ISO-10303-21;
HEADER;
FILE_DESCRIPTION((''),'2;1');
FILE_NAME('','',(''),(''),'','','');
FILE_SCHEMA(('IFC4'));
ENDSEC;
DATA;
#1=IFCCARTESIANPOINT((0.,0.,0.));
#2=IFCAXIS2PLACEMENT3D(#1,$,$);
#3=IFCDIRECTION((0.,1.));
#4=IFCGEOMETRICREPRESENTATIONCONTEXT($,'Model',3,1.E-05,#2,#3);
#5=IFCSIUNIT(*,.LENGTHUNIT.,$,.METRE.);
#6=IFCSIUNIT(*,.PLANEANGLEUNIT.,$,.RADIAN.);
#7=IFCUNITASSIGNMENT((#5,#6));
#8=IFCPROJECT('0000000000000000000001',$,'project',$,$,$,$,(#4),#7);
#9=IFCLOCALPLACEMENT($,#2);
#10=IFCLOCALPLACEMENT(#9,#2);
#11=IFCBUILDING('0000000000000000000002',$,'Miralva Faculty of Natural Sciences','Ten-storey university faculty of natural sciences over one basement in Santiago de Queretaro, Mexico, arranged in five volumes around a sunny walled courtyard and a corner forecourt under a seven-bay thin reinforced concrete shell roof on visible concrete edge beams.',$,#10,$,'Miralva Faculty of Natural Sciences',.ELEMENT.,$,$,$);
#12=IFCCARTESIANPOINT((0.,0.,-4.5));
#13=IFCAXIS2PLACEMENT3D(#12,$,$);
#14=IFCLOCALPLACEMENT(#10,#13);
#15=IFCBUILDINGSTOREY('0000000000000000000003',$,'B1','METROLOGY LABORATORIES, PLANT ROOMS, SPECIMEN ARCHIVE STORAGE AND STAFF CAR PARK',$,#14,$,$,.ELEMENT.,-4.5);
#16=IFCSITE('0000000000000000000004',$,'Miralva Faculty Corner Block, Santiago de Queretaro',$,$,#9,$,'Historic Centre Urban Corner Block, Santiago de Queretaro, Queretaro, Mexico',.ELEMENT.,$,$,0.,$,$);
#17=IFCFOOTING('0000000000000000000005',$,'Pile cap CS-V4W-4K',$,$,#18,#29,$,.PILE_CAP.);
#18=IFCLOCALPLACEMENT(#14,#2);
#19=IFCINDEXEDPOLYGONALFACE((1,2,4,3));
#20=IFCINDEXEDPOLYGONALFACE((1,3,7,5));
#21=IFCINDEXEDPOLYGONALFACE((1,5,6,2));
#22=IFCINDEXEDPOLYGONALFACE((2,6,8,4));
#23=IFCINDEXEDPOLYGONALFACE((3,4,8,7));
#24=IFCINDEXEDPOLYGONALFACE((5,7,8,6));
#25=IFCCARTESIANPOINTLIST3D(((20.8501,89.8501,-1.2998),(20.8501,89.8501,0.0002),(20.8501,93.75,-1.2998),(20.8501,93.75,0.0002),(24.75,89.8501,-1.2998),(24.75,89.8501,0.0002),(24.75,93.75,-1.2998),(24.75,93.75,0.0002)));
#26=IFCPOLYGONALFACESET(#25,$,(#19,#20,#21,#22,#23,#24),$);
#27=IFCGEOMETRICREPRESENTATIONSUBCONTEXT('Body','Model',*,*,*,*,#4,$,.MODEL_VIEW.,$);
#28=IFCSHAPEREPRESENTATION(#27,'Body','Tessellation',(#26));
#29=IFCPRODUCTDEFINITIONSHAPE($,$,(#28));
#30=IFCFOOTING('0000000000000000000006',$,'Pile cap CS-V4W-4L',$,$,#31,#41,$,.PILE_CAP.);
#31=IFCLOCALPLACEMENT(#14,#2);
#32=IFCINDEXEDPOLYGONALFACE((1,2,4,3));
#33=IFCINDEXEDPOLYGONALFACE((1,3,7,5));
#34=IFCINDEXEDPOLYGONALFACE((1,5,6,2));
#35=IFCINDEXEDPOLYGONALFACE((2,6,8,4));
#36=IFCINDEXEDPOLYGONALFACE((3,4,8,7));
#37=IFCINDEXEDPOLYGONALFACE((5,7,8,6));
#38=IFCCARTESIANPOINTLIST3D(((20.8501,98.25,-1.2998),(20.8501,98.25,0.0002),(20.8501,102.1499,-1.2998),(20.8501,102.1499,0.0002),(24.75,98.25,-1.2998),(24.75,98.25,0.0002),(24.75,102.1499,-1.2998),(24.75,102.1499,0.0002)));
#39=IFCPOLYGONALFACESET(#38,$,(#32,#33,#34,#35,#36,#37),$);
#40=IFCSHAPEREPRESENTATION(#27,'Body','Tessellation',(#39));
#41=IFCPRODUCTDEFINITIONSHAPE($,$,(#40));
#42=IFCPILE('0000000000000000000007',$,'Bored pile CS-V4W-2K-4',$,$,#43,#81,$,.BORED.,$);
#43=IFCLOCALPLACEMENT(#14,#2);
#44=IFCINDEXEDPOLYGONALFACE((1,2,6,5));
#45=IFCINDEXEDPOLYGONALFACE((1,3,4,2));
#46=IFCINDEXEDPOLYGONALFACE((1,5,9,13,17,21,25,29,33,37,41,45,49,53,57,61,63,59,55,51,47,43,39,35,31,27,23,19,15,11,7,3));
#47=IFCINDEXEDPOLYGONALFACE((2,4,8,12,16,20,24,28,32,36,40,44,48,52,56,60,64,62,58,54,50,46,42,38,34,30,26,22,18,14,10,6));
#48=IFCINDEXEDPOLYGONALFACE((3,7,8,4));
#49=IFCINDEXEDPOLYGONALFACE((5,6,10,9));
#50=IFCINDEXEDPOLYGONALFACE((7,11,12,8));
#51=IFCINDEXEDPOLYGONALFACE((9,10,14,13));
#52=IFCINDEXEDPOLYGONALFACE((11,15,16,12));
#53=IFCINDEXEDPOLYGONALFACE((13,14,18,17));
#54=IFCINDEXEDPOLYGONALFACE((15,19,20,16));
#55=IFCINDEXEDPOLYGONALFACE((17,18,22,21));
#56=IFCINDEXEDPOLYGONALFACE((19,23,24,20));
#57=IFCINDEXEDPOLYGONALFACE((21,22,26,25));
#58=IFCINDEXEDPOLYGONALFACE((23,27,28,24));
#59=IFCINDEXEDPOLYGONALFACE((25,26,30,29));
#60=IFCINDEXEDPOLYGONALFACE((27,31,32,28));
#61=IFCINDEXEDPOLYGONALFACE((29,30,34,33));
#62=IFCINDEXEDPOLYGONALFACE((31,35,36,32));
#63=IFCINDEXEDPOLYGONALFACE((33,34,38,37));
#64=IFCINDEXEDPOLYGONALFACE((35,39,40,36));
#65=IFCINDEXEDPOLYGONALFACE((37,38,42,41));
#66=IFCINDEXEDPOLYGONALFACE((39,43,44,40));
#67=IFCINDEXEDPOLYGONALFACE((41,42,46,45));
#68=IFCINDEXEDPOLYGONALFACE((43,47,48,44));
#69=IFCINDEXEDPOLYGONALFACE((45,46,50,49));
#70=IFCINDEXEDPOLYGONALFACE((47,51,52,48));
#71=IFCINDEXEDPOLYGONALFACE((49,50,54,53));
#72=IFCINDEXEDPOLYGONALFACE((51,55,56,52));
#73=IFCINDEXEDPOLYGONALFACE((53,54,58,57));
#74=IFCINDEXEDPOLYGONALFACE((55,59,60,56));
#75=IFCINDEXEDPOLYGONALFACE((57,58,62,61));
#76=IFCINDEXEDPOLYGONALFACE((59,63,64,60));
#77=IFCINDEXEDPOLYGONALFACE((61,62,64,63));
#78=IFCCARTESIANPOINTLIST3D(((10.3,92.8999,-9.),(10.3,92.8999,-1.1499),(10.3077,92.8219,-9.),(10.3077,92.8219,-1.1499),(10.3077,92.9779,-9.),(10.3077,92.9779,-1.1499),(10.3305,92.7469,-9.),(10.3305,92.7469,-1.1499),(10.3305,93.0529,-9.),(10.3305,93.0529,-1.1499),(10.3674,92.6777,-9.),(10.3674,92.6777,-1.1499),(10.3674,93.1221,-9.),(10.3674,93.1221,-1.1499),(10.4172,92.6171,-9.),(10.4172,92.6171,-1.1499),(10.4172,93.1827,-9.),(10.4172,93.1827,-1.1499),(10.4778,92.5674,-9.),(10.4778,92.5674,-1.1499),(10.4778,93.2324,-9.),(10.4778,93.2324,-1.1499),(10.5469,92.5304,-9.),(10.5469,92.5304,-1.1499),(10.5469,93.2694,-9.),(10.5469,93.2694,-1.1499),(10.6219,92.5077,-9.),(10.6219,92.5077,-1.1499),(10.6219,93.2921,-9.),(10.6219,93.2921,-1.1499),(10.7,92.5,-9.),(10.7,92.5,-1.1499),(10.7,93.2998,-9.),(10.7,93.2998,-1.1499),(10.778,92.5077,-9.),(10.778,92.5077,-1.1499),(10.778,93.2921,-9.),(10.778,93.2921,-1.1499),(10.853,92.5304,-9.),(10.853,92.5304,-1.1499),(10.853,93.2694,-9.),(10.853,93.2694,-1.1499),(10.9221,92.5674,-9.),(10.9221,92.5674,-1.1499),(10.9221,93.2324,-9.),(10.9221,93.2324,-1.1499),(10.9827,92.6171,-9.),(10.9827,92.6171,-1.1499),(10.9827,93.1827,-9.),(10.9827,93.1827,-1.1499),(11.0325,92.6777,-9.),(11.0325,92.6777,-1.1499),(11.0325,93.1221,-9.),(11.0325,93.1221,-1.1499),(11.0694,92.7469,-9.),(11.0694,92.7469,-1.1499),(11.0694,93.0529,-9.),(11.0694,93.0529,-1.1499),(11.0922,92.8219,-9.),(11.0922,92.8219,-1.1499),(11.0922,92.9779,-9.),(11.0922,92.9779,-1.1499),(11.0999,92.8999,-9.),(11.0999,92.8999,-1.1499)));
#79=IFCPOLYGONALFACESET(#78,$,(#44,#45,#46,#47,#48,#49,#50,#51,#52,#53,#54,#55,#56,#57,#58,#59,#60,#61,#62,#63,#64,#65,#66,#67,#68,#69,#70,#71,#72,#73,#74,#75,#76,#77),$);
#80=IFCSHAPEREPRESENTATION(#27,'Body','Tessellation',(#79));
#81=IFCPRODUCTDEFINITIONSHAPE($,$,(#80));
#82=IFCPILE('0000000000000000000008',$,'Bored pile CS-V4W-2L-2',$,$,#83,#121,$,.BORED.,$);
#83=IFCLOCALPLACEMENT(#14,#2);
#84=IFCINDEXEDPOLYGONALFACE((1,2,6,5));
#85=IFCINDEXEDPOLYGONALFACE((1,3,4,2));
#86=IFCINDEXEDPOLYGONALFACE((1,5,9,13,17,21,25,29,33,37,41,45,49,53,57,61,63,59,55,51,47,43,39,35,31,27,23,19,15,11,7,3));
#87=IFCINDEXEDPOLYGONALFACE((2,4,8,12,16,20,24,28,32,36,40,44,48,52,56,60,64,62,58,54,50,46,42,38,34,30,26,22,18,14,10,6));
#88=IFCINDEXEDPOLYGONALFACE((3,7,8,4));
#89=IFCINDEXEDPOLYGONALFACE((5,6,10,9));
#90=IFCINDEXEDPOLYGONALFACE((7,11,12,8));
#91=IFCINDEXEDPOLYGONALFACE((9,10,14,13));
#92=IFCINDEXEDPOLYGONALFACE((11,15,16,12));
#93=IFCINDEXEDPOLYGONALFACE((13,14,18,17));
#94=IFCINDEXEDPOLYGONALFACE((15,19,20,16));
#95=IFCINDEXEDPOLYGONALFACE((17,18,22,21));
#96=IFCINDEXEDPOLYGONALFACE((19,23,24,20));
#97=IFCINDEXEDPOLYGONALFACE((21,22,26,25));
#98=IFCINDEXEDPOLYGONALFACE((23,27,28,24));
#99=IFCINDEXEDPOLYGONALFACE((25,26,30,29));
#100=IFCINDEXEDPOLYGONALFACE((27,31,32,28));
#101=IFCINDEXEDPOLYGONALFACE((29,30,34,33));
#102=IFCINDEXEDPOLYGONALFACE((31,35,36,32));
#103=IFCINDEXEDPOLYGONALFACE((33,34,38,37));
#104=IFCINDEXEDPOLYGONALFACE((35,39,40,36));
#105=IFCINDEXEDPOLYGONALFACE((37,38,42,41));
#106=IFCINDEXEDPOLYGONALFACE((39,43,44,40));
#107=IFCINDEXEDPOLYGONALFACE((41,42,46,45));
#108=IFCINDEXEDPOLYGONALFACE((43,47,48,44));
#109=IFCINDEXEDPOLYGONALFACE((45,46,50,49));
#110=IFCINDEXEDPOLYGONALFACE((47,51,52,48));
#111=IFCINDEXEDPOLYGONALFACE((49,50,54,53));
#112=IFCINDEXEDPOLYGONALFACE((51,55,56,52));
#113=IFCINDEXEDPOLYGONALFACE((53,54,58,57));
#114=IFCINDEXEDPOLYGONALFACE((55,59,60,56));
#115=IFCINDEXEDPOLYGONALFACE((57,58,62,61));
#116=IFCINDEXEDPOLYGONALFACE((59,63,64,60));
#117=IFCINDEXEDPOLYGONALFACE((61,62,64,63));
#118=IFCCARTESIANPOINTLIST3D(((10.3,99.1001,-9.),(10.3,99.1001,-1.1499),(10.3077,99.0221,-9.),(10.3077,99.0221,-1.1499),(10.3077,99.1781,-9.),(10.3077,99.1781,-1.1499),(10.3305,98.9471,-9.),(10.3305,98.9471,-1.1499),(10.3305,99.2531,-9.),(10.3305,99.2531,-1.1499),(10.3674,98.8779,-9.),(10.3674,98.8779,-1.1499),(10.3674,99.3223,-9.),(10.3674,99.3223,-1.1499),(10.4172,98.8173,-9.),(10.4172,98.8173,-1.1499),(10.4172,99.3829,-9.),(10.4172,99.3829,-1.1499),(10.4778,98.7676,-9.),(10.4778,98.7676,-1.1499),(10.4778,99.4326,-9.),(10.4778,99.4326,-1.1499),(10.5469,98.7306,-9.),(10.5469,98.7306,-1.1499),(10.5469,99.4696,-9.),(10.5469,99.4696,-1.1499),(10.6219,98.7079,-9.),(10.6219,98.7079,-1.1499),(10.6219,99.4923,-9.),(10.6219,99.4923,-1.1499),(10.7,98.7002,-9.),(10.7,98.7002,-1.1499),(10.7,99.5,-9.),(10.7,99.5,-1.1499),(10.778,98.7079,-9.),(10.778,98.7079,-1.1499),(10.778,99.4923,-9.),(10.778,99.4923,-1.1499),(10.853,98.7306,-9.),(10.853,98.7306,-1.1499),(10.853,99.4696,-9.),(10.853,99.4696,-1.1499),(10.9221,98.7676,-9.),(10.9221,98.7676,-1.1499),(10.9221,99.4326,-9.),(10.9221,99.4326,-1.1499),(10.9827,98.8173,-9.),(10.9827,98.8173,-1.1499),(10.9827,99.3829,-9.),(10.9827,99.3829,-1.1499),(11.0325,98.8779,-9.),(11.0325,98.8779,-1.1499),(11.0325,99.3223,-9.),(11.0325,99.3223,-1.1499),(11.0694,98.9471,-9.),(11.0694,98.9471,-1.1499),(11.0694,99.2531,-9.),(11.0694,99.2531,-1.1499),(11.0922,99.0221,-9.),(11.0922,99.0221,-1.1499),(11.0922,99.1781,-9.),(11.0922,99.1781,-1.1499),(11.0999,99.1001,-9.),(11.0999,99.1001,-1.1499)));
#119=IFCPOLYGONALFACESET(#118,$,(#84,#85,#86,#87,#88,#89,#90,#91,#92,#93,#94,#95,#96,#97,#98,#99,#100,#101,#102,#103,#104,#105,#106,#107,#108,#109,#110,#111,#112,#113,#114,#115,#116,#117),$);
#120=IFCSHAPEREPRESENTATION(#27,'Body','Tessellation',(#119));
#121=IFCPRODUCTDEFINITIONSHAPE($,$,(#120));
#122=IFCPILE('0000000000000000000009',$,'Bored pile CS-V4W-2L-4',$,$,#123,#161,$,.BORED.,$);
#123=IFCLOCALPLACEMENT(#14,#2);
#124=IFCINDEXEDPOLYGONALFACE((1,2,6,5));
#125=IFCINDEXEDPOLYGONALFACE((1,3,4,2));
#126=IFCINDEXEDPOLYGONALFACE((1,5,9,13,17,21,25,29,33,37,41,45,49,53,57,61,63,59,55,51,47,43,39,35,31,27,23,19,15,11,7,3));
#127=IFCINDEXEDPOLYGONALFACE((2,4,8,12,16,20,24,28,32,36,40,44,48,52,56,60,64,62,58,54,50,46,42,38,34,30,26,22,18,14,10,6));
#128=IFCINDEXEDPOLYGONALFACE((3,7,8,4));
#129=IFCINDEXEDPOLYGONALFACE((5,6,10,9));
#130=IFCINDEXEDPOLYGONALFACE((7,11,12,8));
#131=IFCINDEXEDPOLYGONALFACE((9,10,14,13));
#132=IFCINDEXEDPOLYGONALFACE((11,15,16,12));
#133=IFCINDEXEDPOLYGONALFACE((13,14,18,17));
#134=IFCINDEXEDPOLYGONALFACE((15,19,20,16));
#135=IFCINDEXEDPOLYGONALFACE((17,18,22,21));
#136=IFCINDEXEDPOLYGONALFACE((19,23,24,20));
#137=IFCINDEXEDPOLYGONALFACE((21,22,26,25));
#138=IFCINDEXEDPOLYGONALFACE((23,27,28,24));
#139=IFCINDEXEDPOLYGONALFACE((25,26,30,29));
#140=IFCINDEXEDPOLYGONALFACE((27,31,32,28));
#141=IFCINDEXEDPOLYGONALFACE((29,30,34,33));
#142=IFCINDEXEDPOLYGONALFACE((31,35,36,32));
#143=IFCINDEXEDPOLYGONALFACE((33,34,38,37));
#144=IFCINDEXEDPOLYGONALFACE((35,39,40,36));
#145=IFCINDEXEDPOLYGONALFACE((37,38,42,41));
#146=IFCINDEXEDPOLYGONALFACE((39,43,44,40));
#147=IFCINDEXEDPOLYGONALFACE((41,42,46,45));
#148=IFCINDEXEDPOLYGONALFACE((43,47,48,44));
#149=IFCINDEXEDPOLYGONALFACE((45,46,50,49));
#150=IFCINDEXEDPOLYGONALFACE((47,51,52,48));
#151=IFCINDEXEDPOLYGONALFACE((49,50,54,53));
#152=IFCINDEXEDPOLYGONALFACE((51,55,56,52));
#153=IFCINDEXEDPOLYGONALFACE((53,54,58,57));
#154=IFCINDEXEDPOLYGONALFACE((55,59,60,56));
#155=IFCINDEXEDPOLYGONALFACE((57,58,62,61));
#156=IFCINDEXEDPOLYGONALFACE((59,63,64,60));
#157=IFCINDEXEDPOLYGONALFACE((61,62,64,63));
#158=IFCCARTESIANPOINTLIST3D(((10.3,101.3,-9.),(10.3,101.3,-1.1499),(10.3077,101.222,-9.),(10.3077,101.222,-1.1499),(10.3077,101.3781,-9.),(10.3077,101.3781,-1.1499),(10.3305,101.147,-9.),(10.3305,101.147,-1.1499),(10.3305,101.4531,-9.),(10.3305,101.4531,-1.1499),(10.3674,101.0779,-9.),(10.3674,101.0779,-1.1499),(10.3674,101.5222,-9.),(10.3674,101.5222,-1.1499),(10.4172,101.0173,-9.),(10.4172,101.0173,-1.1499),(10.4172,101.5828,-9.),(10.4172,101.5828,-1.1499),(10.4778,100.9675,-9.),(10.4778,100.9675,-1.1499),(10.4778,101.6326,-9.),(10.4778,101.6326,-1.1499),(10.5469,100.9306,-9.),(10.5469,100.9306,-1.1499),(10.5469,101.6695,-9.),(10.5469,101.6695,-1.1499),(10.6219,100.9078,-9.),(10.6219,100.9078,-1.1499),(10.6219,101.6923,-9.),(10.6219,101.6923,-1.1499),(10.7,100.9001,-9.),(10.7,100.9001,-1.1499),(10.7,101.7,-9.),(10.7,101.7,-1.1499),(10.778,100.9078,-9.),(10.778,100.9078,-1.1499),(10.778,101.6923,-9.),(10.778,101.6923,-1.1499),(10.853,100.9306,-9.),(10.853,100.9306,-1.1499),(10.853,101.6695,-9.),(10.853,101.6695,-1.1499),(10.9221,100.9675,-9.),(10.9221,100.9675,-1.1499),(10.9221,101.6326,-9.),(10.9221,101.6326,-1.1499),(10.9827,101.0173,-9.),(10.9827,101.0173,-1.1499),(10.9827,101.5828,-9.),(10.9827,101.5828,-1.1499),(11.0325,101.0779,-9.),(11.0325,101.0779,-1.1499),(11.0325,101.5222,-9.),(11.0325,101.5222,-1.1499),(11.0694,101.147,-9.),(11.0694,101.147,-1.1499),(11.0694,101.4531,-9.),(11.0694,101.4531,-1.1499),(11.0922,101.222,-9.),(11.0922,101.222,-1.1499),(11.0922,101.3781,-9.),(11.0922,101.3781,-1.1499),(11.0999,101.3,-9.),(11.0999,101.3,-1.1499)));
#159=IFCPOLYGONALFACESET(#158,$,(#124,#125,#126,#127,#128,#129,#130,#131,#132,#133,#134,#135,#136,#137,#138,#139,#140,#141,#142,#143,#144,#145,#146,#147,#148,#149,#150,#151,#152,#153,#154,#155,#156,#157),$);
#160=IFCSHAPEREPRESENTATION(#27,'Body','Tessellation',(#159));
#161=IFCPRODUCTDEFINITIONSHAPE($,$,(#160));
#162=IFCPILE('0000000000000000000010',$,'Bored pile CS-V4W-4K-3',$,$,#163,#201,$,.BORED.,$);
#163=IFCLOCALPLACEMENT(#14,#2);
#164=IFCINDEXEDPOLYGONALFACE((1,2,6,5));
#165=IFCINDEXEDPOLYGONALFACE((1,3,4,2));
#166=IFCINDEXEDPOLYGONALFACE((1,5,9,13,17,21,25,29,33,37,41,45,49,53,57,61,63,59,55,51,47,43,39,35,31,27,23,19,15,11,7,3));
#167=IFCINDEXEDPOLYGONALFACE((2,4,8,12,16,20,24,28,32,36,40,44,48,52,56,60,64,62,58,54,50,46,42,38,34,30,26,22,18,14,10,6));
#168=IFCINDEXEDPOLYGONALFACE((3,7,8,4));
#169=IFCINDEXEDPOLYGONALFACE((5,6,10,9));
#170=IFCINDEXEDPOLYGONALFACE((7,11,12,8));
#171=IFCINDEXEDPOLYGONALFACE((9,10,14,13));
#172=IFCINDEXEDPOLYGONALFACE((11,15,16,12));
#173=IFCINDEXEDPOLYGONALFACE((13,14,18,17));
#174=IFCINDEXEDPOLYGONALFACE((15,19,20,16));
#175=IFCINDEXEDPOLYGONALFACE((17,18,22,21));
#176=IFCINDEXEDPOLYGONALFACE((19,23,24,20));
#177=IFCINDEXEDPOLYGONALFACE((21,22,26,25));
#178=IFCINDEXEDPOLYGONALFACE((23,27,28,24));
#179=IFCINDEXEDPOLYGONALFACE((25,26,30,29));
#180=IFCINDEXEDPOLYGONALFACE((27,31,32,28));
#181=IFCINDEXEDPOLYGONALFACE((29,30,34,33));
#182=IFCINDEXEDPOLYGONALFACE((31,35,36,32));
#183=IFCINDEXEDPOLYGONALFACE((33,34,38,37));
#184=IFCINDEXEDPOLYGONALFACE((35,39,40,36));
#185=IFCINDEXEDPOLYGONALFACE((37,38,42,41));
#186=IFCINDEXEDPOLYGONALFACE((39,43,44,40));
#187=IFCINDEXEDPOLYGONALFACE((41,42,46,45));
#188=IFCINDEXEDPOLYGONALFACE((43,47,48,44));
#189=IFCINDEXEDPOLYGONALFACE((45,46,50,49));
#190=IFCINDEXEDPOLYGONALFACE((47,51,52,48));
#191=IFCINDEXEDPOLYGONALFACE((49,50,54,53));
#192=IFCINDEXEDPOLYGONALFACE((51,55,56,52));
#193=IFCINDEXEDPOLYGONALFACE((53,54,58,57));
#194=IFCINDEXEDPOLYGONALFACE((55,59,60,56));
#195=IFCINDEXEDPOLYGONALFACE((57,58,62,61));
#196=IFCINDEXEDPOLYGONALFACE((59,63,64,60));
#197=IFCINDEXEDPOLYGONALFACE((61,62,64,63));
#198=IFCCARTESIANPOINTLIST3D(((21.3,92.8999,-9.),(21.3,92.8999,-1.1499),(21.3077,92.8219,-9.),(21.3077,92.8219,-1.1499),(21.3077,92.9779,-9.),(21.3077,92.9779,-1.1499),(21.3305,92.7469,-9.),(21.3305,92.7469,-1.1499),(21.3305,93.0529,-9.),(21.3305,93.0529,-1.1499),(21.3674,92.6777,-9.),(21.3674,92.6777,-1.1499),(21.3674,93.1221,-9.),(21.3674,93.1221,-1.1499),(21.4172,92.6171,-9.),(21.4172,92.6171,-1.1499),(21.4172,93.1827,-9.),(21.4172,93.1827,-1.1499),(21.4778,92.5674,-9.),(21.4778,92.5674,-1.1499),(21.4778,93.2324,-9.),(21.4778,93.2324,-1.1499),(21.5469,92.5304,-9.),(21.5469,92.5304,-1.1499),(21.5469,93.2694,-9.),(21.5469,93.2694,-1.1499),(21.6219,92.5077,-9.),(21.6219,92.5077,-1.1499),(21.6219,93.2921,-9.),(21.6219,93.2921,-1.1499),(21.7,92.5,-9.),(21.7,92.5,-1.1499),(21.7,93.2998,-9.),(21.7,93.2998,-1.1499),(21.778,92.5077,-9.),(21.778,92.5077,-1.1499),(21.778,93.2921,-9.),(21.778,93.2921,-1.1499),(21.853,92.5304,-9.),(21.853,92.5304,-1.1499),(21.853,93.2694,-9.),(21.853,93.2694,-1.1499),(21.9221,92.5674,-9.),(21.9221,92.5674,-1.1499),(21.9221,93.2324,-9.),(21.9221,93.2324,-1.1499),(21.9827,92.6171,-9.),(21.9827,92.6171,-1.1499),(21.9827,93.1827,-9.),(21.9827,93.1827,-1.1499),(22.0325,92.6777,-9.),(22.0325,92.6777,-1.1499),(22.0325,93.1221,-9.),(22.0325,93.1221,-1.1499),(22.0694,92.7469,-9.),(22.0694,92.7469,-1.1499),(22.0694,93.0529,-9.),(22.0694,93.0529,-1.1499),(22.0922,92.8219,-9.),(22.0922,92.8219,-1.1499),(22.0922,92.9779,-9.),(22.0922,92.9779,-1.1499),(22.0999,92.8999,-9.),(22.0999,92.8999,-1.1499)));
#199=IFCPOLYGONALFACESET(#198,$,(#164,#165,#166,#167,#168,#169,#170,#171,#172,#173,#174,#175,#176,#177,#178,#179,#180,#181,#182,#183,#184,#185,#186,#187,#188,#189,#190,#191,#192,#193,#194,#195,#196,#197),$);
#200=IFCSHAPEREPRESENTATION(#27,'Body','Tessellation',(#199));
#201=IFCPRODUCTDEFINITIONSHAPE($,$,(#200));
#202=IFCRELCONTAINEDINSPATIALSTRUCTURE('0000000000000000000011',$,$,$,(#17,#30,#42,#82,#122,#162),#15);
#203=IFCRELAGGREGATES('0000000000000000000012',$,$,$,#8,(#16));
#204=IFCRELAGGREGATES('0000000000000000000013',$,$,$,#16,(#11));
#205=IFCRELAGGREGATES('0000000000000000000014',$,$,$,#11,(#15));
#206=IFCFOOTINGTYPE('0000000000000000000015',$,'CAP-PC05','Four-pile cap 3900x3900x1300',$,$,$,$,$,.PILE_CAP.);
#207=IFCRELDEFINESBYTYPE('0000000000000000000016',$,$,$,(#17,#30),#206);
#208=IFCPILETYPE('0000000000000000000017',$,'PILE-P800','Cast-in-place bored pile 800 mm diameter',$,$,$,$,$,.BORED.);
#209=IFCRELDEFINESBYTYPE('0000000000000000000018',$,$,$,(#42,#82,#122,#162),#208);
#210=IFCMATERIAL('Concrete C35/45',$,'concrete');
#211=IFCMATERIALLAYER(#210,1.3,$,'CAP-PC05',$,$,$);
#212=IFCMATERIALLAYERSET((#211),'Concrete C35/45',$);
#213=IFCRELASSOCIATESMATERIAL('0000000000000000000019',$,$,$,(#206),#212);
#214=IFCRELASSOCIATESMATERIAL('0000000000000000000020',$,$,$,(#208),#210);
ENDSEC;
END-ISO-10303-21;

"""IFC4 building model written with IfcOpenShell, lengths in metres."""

from ifc_helpers import new_model, si_unit, direction, frame, origin, origin_2d, place, context, subcontext, project, spatial, rectangle, circle, extrude, material, layer, layer_set, material_profile, profile_set, type_object, element, save


model = new_model("IFC4")

# Units and contexts
model_context = context("Model", 3, precision=1e-05, world=origin(), true_north=direction((0.0, 1.0)))
body_context = subcontext(model_context, "Body", "Model", "MODEL_VIEW")
ifc_project = project(units=[si_unit("LENGTHUNIT", "METRE"), si_unit("PLANEANGLEUNIT", "RADIAN")], contexts=[model_context])

# Site, building, storey
site_placement = place(None, origin())
site = spatial("IfcSite", under=ifc_project, at=site_placement, Name="Miralva Faculty Corner Block, Santiago de Queretaro", LongName="Historic Centre Urban Corner Block, Santiago de Queretaro, Queretaro, Mexico", CompositionType="ELEMENT", RefElevation=0.0)
building_placement = place(site_placement, origin())
building = spatial("IfcBuilding", under=site, at=building_placement, Name="Miralva Faculty of Natural Sciences", Description="Ten-storey university faculty of natural sciences over one basement in Santiago de Queretaro, Mexico, arranged in five volumes around a sunny walled courtyard and a corner forecourt under a seven-bay thin reinforced concrete shell roof on visible concrete edge beams.", LongName="Miralva Faculty of Natural Sciences", CompositionType="ELEMENT")
storey_placement = place(building_placement, frame((0.0, 0.0, -4.5)))
storey = spatial("IfcBuildingStorey", under=building, at=storey_placement, Name="B1", Description="METROLOGY LABORATORIES, PLANT ROOMS, SPECIMEN ARCHIVE STORAGE AND STAFF CAR PARK", CompositionType="ELEMENT", Elevation=-4.5)

# Footings
ifc_material_1 = material(Name="Concrete C35/45", Category="concrete")
ifc_layer_1 = layer(ifc_material_1, 1.3, Name="CAP-PC05")
ifc_layer_set_1 = layer_set([ifc_layer_1], Name="Concrete C35/45")
footing_type_1 = type_object("IfcFootingType", Name="CAP-PC05", Description="Four-pile cap 3900x3900x1300", PredefinedType="PILE_CAP", material=ifc_layer_set_1)
for number, where, z_axis, x_axis, name in (
    (1, (22.8, 91.8, -1.2998), (0.0, 0.0, 1.0), (1.0, 0.0, 0.0), "Pile cap CS-V4W-4K"),
    (2, (22.8, 100.2, -1.2998), (0.0, 0.0, 1.0), (1.0, 0.0, 0.0), "Pile cap CS-V4W-4L"),
):
    element("IfcFooting", number, at=place(storey_placement, frame(where, z_axis=z_axis, x_axis=x_axis)), inside=storey, type_object=footing_type_1, Name=name, PredefinedType="PILE_CAP", context=body_context, shape_type="SweptSolid", body=[
        extrude(rectangle(XDim=3.8999, YDim=3.8999, at=origin_2d()), origin(), (0.0, 0.0, 1.0), 1.3),
    ])

# Piles
ifc_material_profile_1 = material_profile(ifc_material_1, circle(Radius=0.3999, at=origin_2d()), Name="BORED PILE 800")
ifc_profile_set_1 = profile_set([ifc_material_profile_1], Name="Concrete C35/45")
pile_type = type_object("IfcPileType", Name="PILE-P800", Description="Cast-in-place bored pile 800 mm diameter", PredefinedType="BORED", material=ifc_profile_set_1)
for number, where, z_axis, x_axis, name in (
    (3, (10.7, 92.8999, -1.1499), (0.0, 0.0, -1.0), (1.0, 0.0, 0.0), "Bored pile CS-V4W-2K-4"),
    (4, (10.7, 99.1001, -1.1499), (0.0, 0.0, -1.0), (1.0, 0.0, 0.0), "Bored pile CS-V4W-2L-2"),
    (5, (10.7, 101.3, -1.1499), (0.0, 0.0, -1.0), (1.0, 0.0, 0.0), "Bored pile CS-V4W-2L-4"),
    (6, (21.7, 92.8999, -1.1499), (0.0, 0.0, -1.0), (1.0, 0.0, 0.0), "Bored pile CS-V4W-4K-3"),
):
    element("IfcPile", number, at=place(storey_placement, frame(where, z_axis=z_axis, x_axis=x_axis)), inside=storey, type_object=pile_type, Name=name, PredefinedType="BORED", context=body_context, shape_type="SweptSolid", body=[
        extrude(circle(Radius=0.3999, at=origin_2d()), origin(), (0.0, 0.0, 1.0), 7.8501),
    ])

save(model, "model.ifc")
